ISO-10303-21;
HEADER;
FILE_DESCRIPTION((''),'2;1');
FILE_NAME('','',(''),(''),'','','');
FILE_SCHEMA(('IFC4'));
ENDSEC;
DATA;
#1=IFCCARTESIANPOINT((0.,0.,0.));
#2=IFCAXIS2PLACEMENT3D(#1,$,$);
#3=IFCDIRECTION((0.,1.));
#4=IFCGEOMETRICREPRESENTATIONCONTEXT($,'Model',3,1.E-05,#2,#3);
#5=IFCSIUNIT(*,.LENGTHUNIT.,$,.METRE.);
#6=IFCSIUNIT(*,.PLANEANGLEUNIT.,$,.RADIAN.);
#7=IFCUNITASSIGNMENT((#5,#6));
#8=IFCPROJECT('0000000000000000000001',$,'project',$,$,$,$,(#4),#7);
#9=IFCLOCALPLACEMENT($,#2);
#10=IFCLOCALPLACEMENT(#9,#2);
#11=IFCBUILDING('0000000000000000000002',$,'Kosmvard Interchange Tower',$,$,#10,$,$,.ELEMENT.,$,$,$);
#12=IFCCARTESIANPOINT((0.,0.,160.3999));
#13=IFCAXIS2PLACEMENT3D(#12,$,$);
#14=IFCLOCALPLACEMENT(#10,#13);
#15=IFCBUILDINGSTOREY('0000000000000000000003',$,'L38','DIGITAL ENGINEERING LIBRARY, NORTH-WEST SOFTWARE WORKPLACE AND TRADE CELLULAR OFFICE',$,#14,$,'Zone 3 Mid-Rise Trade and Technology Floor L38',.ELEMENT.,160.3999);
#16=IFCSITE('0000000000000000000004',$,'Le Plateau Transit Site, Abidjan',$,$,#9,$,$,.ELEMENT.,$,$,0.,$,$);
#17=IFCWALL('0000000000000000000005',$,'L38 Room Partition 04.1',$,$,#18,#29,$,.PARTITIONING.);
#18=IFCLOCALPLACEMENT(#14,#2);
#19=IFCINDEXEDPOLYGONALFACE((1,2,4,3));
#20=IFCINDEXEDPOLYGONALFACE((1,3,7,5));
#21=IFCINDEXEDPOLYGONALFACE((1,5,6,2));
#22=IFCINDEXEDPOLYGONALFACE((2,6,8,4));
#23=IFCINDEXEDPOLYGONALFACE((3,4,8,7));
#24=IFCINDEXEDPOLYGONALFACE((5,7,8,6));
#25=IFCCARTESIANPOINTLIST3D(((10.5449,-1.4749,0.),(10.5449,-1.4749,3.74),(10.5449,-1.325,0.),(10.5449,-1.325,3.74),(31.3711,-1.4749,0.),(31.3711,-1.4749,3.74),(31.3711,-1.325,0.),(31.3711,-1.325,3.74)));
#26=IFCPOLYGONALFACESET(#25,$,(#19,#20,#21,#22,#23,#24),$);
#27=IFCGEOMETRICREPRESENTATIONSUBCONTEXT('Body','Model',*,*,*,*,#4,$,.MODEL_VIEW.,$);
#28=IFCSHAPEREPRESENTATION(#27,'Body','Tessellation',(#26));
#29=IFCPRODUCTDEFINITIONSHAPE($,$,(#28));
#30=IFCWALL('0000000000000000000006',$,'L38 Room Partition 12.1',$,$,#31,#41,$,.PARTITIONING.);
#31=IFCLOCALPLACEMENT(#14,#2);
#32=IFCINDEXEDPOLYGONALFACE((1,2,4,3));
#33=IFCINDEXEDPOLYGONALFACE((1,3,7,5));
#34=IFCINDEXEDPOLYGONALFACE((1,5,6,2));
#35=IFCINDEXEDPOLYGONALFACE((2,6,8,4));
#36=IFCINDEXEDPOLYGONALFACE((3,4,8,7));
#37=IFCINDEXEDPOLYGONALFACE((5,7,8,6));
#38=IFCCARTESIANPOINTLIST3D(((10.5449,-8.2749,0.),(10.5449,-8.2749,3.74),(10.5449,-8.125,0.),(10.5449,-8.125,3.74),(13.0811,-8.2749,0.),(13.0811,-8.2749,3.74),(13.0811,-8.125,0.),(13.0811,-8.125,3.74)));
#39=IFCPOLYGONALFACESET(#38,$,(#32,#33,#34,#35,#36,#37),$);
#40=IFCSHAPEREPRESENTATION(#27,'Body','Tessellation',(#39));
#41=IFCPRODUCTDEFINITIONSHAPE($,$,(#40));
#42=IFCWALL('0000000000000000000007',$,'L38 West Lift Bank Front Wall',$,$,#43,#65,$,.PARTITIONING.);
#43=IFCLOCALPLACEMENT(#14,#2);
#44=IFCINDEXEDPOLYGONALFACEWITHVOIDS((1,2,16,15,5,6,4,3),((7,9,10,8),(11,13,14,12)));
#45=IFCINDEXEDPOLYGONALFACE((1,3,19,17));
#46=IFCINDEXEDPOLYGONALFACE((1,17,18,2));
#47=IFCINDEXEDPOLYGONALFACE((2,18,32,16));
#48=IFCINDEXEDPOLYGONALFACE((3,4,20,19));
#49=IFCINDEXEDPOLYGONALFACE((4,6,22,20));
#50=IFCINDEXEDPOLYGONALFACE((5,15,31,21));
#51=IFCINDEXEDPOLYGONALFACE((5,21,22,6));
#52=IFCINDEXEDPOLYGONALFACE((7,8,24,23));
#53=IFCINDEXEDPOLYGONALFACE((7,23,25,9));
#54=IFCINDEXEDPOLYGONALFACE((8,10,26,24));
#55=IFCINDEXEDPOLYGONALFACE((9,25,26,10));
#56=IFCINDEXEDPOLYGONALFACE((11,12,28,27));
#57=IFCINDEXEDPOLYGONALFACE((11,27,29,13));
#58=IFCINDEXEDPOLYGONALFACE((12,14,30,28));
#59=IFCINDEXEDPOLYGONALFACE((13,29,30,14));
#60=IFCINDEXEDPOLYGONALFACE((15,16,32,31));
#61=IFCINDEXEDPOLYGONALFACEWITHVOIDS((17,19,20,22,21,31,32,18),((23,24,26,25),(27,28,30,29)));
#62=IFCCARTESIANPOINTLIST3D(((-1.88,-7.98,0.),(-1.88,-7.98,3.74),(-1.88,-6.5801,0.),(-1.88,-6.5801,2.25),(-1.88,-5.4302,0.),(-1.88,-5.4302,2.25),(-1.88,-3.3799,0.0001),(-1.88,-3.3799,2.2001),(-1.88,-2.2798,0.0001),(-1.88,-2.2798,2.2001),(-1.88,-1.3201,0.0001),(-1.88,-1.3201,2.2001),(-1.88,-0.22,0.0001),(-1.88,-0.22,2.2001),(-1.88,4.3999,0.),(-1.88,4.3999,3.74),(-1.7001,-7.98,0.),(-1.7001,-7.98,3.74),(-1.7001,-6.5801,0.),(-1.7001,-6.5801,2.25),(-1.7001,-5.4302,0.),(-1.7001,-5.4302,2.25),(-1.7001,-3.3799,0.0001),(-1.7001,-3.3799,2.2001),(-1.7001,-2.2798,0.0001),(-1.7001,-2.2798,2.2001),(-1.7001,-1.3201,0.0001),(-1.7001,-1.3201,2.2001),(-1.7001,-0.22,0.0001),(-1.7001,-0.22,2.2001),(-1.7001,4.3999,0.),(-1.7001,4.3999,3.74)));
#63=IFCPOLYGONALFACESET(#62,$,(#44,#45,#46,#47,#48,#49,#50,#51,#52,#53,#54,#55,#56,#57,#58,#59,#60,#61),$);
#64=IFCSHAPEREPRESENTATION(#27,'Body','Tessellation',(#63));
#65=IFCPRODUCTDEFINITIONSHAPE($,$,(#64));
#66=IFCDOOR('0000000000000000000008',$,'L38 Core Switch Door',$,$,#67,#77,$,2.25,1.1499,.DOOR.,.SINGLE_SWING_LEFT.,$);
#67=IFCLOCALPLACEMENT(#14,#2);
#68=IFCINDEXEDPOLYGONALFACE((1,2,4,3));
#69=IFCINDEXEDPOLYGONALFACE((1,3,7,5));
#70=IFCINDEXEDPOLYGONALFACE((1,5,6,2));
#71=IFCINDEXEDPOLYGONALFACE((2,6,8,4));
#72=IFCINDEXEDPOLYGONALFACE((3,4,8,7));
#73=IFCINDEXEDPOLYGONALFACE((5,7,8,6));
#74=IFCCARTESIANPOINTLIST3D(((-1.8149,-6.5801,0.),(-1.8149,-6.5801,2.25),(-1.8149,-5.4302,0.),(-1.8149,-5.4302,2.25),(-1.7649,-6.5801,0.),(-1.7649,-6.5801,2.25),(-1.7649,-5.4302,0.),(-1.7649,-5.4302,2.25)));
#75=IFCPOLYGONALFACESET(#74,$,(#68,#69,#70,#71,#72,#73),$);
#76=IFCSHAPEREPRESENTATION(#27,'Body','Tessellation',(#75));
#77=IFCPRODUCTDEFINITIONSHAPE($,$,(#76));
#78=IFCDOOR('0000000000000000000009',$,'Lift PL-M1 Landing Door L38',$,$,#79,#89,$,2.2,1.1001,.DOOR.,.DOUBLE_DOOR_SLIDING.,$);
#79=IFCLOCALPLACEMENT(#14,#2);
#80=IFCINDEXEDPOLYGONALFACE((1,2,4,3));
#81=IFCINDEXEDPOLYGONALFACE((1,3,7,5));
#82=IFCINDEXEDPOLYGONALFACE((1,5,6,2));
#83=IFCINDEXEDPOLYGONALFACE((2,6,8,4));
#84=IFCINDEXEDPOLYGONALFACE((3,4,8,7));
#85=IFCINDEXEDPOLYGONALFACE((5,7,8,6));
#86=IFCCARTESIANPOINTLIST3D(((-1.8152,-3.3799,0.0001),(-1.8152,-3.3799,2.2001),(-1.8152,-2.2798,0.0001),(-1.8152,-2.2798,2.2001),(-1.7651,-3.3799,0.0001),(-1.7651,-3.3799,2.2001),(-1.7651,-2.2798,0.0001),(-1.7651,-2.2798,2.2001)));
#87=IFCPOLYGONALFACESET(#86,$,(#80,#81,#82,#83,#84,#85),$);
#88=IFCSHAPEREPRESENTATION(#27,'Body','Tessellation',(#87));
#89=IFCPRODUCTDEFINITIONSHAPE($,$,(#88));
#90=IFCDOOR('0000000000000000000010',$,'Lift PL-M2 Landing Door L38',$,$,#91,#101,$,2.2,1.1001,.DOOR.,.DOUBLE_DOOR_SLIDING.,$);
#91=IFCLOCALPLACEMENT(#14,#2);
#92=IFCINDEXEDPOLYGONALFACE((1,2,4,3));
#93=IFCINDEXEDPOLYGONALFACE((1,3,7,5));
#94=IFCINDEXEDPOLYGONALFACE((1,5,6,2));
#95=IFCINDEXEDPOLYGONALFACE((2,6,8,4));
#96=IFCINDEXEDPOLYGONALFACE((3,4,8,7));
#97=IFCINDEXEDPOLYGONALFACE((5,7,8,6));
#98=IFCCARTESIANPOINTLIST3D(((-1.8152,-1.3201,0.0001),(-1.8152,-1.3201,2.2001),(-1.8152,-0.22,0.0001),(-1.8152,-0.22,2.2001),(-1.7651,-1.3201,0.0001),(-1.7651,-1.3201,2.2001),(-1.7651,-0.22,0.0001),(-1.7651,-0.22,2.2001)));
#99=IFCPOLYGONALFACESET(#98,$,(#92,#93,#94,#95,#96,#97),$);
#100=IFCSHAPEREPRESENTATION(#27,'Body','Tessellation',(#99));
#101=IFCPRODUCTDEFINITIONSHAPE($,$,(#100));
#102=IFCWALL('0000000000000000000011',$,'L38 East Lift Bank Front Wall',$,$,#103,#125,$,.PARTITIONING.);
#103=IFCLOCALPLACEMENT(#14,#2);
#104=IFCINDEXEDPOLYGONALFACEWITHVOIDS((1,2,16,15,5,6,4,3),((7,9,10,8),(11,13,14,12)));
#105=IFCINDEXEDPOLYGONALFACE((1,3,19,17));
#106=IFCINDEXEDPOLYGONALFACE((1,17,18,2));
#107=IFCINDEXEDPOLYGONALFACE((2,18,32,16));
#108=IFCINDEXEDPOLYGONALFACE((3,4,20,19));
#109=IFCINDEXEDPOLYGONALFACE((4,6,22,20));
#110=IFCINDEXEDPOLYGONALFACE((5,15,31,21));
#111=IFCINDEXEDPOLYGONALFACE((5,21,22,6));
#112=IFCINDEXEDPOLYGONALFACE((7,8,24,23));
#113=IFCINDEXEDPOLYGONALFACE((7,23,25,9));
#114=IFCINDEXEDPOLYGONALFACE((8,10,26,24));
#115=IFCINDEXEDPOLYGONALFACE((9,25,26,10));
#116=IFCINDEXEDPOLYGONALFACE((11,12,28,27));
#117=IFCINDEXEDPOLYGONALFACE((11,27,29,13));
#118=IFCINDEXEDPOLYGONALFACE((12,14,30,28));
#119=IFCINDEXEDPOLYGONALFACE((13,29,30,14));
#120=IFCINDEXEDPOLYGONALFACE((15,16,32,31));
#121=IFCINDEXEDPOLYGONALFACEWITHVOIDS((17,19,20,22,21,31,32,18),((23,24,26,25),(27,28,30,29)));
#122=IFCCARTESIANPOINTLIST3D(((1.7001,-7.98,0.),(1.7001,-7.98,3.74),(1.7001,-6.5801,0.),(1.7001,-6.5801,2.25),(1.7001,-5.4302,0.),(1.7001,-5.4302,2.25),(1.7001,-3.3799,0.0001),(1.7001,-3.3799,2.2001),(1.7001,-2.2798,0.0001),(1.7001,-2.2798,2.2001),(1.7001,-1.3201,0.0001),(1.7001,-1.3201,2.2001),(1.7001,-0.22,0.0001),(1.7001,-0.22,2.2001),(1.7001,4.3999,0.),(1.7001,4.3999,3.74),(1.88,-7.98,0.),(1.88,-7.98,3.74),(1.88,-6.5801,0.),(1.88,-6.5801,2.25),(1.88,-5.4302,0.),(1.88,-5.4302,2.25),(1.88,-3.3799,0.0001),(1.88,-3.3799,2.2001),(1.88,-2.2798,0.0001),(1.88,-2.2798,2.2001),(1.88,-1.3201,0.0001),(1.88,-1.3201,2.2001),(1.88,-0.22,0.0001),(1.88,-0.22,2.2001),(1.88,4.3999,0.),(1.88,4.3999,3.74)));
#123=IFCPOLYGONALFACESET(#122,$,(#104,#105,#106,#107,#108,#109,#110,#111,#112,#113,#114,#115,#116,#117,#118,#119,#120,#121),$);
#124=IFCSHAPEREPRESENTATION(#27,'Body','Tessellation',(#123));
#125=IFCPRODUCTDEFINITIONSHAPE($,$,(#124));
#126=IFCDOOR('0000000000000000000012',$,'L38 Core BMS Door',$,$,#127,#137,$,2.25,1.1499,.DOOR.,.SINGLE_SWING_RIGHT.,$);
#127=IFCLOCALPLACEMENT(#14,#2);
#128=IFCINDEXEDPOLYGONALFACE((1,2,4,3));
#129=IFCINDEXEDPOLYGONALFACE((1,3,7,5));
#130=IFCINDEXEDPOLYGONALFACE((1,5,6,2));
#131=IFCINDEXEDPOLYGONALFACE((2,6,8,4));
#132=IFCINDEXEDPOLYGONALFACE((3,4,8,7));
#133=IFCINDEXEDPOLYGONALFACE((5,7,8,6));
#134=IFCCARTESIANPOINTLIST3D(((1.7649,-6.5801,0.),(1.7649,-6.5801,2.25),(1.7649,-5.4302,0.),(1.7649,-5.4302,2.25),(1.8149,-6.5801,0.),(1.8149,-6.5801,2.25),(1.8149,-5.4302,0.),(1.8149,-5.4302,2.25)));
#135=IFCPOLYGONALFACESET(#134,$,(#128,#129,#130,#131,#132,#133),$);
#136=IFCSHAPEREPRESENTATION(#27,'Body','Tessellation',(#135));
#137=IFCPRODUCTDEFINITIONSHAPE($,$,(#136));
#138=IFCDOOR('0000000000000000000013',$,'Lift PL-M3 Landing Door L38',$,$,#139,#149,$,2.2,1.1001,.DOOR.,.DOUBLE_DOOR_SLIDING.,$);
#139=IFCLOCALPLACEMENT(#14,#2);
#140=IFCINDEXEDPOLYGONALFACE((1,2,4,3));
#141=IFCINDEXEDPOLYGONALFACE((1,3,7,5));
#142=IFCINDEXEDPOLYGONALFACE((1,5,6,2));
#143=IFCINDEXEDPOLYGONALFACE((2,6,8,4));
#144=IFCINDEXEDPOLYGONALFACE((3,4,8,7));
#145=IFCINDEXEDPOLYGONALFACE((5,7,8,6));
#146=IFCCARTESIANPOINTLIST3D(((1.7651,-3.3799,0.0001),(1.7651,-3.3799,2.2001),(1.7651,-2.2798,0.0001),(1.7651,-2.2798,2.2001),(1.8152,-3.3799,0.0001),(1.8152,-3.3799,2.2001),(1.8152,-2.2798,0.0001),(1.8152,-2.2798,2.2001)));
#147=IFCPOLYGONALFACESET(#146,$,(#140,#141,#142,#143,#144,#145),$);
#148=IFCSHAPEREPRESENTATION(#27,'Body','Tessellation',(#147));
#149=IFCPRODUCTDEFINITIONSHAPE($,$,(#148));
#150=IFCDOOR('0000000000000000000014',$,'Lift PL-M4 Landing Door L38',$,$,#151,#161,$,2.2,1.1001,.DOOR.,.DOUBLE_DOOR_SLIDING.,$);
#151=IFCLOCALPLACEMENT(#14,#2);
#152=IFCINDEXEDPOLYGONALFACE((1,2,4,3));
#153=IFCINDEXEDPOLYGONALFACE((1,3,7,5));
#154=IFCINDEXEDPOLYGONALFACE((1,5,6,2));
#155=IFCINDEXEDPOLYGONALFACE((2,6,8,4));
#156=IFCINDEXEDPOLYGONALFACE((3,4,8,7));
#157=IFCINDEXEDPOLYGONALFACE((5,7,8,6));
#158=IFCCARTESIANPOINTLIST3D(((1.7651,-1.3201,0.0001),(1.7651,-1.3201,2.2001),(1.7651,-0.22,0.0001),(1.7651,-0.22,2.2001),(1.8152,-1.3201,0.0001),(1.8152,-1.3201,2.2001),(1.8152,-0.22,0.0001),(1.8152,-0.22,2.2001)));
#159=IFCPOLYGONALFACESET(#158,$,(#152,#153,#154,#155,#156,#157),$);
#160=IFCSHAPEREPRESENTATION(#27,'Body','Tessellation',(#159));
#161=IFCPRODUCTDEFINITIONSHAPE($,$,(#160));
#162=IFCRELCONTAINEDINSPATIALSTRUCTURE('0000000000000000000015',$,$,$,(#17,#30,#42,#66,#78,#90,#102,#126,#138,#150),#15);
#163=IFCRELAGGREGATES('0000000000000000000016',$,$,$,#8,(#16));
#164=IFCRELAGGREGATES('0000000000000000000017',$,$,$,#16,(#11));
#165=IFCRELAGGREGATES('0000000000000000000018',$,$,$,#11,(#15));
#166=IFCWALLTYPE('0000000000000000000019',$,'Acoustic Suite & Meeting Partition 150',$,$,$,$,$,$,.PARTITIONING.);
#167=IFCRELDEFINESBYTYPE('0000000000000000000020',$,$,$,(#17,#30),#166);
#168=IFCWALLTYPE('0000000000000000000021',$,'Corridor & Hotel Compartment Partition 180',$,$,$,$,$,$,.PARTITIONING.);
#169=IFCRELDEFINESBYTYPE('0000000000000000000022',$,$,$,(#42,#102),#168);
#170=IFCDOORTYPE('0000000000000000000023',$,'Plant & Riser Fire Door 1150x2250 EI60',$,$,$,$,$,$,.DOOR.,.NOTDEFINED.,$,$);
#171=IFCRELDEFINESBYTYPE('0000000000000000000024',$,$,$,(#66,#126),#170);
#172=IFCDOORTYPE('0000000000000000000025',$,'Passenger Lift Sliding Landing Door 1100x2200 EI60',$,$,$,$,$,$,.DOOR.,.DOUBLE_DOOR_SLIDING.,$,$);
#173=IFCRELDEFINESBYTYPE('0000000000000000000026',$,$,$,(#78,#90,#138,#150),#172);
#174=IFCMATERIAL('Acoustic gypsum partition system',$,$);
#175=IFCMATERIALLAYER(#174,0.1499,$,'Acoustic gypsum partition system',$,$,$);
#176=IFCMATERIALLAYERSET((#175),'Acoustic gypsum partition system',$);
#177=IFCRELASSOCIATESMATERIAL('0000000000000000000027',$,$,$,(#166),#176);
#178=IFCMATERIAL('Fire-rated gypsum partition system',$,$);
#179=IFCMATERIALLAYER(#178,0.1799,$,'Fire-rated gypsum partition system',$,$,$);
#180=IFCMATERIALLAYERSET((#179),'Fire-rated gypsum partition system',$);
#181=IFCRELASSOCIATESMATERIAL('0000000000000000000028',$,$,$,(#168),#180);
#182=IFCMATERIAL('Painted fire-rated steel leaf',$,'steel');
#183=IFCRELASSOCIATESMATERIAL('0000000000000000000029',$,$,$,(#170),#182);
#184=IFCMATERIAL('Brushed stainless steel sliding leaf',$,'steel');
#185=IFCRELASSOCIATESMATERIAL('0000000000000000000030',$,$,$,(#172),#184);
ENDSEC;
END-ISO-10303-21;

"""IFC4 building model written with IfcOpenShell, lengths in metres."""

from ifc_helpers import new_model, si_unit, direction, frame, frame_2d, origin, place, context, subcontext, project, spatial, rectangle, extrude, source, transform, mapped, material, layer, layer_set, type_object, element, fill, save


model = new_model("IFC4")

# Units and contexts
model_context = context("Model", 3, precision=1e-05, world=origin(), true_north=direction((0.0, 1.0)))
body_context = subcontext(model_context, "Body", "Model", "MODEL_VIEW")
ifc_project = project(units=[si_unit("LENGTHUNIT", "METRE"), si_unit("PLANEANGLEUNIT", "RADIAN")], contexts=[model_context])

# Site, building, storey
site_placement = place(None, origin())
site = spatial("IfcSite", under=ifc_project, at=site_placement, Name="Le Plateau Transit Site, Abidjan", CompositionType="ELEMENT", RefElevation=0.0)
building_placement = place(site_placement, origin())
building = spatial("IfcBuilding", under=site, at=building_placement, Name="Kosmvard Interchange Tower", CompositionType="ELEMENT")
storey_placement = place(building_placement, frame((0.0, 0.0, 160.3999)))
storey = spatial("IfcBuildingStorey", under=building, at=storey_placement, Name="L38", Description="DIGITAL ENGINEERING LIBRARY, NORTH-WEST SOFTWARE WORKPLACE AND TRADE CELLULAR OFFICE", LongName="Zone 3 Mid-Rise Trade and Technology Floor L38", CompositionType="ELEMENT", Elevation=160.3999)

# Walls
ifc_material_1 = material(Name="Acoustic gypsum partition system")
ifc_layer_1 = layer(ifc_material_1, 0.1499, Name="Acoustic gypsum partition system")
ifc_layer_set_1 = layer_set([ifc_layer_1], Name="Acoustic gypsum partition system")
wall_type_1 = type_object("IfcWallType", Name="Acoustic Suite & Meeting Partition 150", PredefinedType="PARTITIONING", material=ifc_layer_set_1)
wall_1_placement = place(storey_placement, frame((10.5449, -1.3999, 0.0), z_axis=(0.0, 0.0, 1.0), x_axis=(1.0, 0.0, 0.0)))
element("IfcWall", 1, at=wall_1_placement, inside=storey, type_object=wall_type_1, Name="L38 Room Partition 04.1", PredefinedType="PARTITIONING", context=body_context, shape_type="SweptSolid", body=[
    extrude(rectangle(XDim=20.8262, YDim=0.1499, at=frame_2d((10.4131, 0.0))), origin(), (0.0, 0.0, 1.0), 3.74),
])
wall_2_placement = place(storey_placement, frame((10.5449, -8.2, 0.0), z_axis=(0.0, 0.0, 1.0), x_axis=(1.0, 0.0, 0.0)))
element("IfcWall", 2, at=wall_2_placement, inside=storey, type_object=wall_type_1, Name="L38 Room Partition 12.1", PredefinedType="PARTITIONING", context=body_context, shape_type="SweptSolid", body=[
    extrude(rectangle(XDim=2.5361, YDim=0.1499, at=frame_2d((1.2681, 0.0))), origin(), (0.0, 0.0, 1.0), 3.74),
])

# Walls, openings, doors
ifc_material_2 = material(Name="Fire-rated gypsum partition system")
ifc_layer_2 = layer(ifc_material_2, 0.1799, Name="Fire-rated gypsum partition system")
ifc_layer_set_2 = layer_set([ifc_layer_2], Name="Fire-rated gypsum partition system")
wall_type_2 = type_object("IfcWallType", Name="Corridor & Hotel Compartment Partition 180", PredefinedType="PARTITIONING", material=ifc_layer_set_2)
wall_3_placement = place(storey_placement, frame((-1.79, -7.98, 0.0), z_axis=(0.0, 0.0, 1.0), x_axis=(0.0, 1.0, 0.0)))
wall_3 = element("IfcWall", 3, at=wall_3_placement, inside=storey, type_object=wall_type_2, Name="L38 West Lift Bank Front Wall", PredefinedType="PARTITIONING", context=body_context, shape_type="SweptSolid", body=[
    extrude(rectangle(XDim=12.3799, YDim=0.1799, at=frame_2d((6.1899, 0.0))), origin(), (0.0, 0.0, 1.0), 3.74),
])
opening_1_placement = place(wall_3_placement, frame((4.6001, 0.0, 0.0)))
opening_1 = element("IfcOpeningElement", 4, at=opening_1_placement, cuts=wall_3, PredefinedType="OPENING", context=body_context, shape_type="SweptSolid", body=[
    extrude(rectangle(XDim=1.1001, YDim=2.2, at=frame_2d((0.55, 1.1001))), frame((0.0, 0.1001, 0.0), z_axis=(0.0, -1.0, 0.0), x_axis=(1.0, 0.0, 0.0)), (0.0, 0.0, 1.0), 0.2),
])
opening_2_placement = place(wall_3_placement, frame((6.6599, 0.0, 0.0)))
opening_2 = element("IfcOpeningElement", 5, at=opening_2_placement, cuts=wall_3, PredefinedType="OPENING", context=body_context, shape_type="SweptSolid", body=[
    extrude(rectangle(XDim=1.1001, YDim=2.2, at=frame_2d((0.55, 1.1001))), frame((0.0, 0.1001, 0.0), z_axis=(0.0, -1.0, 0.0), x_axis=(1.0, 0.0, 0.0)), (0.0, 0.0, 1.0), 0.2),
])
opening_3_placement = place(wall_3_placement, frame((1.3999, 0.0, 0.0)))
opening_3 = element("IfcOpeningElement", 6, at=opening_3_placement, cuts=wall_3, PredefinedType="OPENING", context=body_context, shape_type="SweptSolid", body=[
    extrude(rectangle(XDim=1.1499, YDim=2.25, at=frame_2d((0.575, 1.125))), frame((0.0, 0.1001, 0.0), z_axis=(0.0, -1.0, 0.0), x_axis=(1.0, 0.0, 0.0)), (0.0, 0.0, 1.0), 0.2),
])
ifc_material_3 = material(Name="Painted fire-rated steel leaf", Category="steel")
door_type_1 = type_object("IfcDoorType", Name="Plant & Riser Fire Door 1150x2250 EI60", OperationType="NOTDEFINED", PredefinedType="DOOR", material=ifc_material_3)
shared_shape_1 = source(origin(), body_context, "Body", "SweptSolid", [
    extrude(rectangle(XDim=1.1499, YDim=2.25, at=frame_2d((0.575, 1.125))), frame((0.0, 0.0249, 0.0), z_axis=(0.0, -1.0, 0.0), x_axis=(1.0, 0.0, 0.0)), (0.0, 0.0, 1.0), 0.05),
])
door_1_placement = place(opening_3_placement, origin())
door_1 = element("IfcDoor", 7, at=door_1_placement, inside=storey, type_object=door_type_1, Name="L38 Core Switch Door", OperationType="SINGLE_SWING_LEFT", OverallHeight=2.25, OverallWidth=1.1499, PredefinedType="DOOR", context=body_context, shape_type="MappedRepresentation", body=[
    mapped(shared_shape_1, transform((0.0, 0.0, 0.0), scale=1.0)),
])
fill(opening_3, door_1)
ifc_material_4 = material(Name="Brushed stainless steel sliding leaf", Category="steel")
door_type_2 = type_object("IfcDoorType", Name="Passenger Lift Sliding Landing Door 1100x2200 EI60", OperationType="DOUBLE_DOOR_SLIDING", PredefinedType="DOOR", material=ifc_material_4)
shared_shape_2 = source(origin(), body_context, "Body", "SweptSolid", [
    extrude(rectangle(XDim=1.1001, YDim=2.2, at=frame_2d((0.55, 1.1001))), frame((0.0, 0.0249, 0.0), z_axis=(0.0, -1.0, 0.0), x_axis=(1.0, 0.0, 0.0)), (0.0, 0.0, 1.0), 0.05),
])
door_2_placement = place(opening_1_placement, frame((1.1001, 0.0, 0.0), z_axis=(0.0, 0.0, 1.0), x_axis=(-1.0, 0.0, 0.0)))
door_2 = element("IfcDoor", 8, at=door_2_placement, inside=storey, type_object=door_type_2, Name="Lift PL-M1 Landing Door L38", OperationType="DOUBLE_DOOR_SLIDING", OverallHeight=2.2, OverallWidth=1.1001, PredefinedType="DOOR", context=body_context, shape_type="MappedRepresentation", body=[
    mapped(shared_shape_2, transform((0.0, 0.0, 0.0), scale=1.0)),
])
fill(opening_1, door_2)
door_3_placement = place(opening_2_placement, frame((1.1001, 0.0, 0.0), z_axis=(0.0, 0.0, 1.0), x_axis=(-1.0, 0.0, 0.0)))
door_3 = element("IfcDoor", 9, at=door_3_placement, inside=storey, type_object=door_type_2, Name="Lift PL-M2 Landing Door L38", OperationType="DOUBLE_DOOR_SLIDING", OverallHeight=2.2, OverallWidth=1.1001, PredefinedType="DOOR", context=body_context, shape_type="MappedRepresentation", body=[
    mapped(shared_shape_2, transform((0.0, 0.0, 0.0), scale=1.0)),
])
fill(opening_2, door_3)
wall_4_placement = place(storey_placement, frame((1.79, -7.98, 0.0), z_axis=(0.0, 0.0, 1.0), x_axis=(0.0, 1.0, 0.0)))
wall_4 = element("IfcWall", 10, at=wall_4_placement, inside=storey, type_object=wall_type_2, Name="L38 East Lift Bank Front Wall", PredefinedType="PARTITIONING", context=body_context, shape_type="SweptSolid", body=[
    extrude(rectangle(XDim=12.3799, YDim=0.1799, at=frame_2d((6.1899, 0.0))), origin(), (0.0, 0.0, 1.0), 3.74),
])
opening_4_placement = place(wall_4_placement, frame((4.6001, 0.0, 0.0)))
opening_4 = element("IfcOpeningElement", 11, at=opening_4_placement, cuts=wall_4, PredefinedType="OPENING", context=body_context, shape_type="SweptSolid", body=[
    extrude(rectangle(XDim=1.1001, YDim=2.2, at=frame_2d((0.55, 1.1001))), frame((0.0, 0.1001, 0.0), z_axis=(0.0, -1.0, 0.0), x_axis=(1.0, 0.0, 0.0)), (0.0, 0.0, 1.0), 0.2),
])
opening_5_placement = place(wall_4_placement, frame((6.6599, 0.0, 0.0)))
opening_5 = element("IfcOpeningElement", 12, at=opening_5_placement, cuts=wall_4, PredefinedType="OPENING", context=body_context, shape_type="SweptSolid", body=[
    extrude(rectangle(XDim=1.1001, YDim=2.2, at=frame_2d((0.55, 1.1001))), frame((0.0, 0.1001, 0.0), z_axis=(0.0, -1.0, 0.0), x_axis=(1.0, 0.0, 0.0)), (0.0, 0.0, 1.0), 0.2),
])
opening_6_placement = place(wall_4_placement, frame((1.3999, 0.0, 0.0)))
opening_6 = element("IfcOpeningElement", 13, at=opening_6_placement, cuts=wall_4, PredefinedType="OPENING", context=body_context, shape_type="SweptSolid", body=[
    extrude(rectangle(XDim=1.1499, YDim=2.25, at=frame_2d((0.575, 1.125))), frame((0.0, 0.1001, 0.0), z_axis=(0.0, -1.0, 0.0), x_axis=(1.0, 0.0, 0.0)), (0.0, 0.0, 1.0), 0.2),
])
door_4_placement = place(opening_6_placement, frame((1.1499, 0.0, 0.0), z_axis=(0.0, 0.0, 1.0), x_axis=(-1.0, 0.0, 0.0)))
door_4 = element("IfcDoor", 14, at=door_4_placement, inside=storey, type_object=door_type_1, Name="L38 Core BMS Door", OperationType="SINGLE_SWING_RIGHT", OverallHeight=2.25, OverallWidth=1.1499, PredefinedType="DOOR", context=body_context, shape_type="MappedRepresentation", body=[
    mapped(shared_shape_1, transform((0.0, 0.0, 0.0), scale=1.0)),
])
fill(opening_6, door_4)
door_5_placement = place(opening_4_placement, origin())
door_5 = element("IfcDoor", 15, at=door_5_placement, inside=storey, type_object=door_type_2, Name="Lift PL-M3 Landing Door L38", OperationType="DOUBLE_DOOR_SLIDING", OverallHeight=2.2, OverallWidth=1.1001, PredefinedType="DOOR", context=body_context, shape_type="MappedRepresentation", body=[
    mapped(shared_shape_2, transform((0.0, 0.0, 0.0), scale=1.0)),
])
fill(opening_4, door_5)
door_6_placement = place(opening_5_placement, origin())
door_6 = element("IfcDoor", 16, at=door_6_placement, inside=storey, type_object=door_type_2, Name="Lift PL-M4 Landing Door L38", OperationType="DOUBLE_DOOR_SLIDING", OverallHeight=2.2, OverallWidth=1.1001, PredefinedType="DOOR", context=body_context, shape_type="MappedRepresentation", body=[
    mapped(shared_shape_2, transform((0.0, 0.0, 0.0), scale=1.0)),
])
fill(opening_5, door_6)

save(model, "model.ifc")
